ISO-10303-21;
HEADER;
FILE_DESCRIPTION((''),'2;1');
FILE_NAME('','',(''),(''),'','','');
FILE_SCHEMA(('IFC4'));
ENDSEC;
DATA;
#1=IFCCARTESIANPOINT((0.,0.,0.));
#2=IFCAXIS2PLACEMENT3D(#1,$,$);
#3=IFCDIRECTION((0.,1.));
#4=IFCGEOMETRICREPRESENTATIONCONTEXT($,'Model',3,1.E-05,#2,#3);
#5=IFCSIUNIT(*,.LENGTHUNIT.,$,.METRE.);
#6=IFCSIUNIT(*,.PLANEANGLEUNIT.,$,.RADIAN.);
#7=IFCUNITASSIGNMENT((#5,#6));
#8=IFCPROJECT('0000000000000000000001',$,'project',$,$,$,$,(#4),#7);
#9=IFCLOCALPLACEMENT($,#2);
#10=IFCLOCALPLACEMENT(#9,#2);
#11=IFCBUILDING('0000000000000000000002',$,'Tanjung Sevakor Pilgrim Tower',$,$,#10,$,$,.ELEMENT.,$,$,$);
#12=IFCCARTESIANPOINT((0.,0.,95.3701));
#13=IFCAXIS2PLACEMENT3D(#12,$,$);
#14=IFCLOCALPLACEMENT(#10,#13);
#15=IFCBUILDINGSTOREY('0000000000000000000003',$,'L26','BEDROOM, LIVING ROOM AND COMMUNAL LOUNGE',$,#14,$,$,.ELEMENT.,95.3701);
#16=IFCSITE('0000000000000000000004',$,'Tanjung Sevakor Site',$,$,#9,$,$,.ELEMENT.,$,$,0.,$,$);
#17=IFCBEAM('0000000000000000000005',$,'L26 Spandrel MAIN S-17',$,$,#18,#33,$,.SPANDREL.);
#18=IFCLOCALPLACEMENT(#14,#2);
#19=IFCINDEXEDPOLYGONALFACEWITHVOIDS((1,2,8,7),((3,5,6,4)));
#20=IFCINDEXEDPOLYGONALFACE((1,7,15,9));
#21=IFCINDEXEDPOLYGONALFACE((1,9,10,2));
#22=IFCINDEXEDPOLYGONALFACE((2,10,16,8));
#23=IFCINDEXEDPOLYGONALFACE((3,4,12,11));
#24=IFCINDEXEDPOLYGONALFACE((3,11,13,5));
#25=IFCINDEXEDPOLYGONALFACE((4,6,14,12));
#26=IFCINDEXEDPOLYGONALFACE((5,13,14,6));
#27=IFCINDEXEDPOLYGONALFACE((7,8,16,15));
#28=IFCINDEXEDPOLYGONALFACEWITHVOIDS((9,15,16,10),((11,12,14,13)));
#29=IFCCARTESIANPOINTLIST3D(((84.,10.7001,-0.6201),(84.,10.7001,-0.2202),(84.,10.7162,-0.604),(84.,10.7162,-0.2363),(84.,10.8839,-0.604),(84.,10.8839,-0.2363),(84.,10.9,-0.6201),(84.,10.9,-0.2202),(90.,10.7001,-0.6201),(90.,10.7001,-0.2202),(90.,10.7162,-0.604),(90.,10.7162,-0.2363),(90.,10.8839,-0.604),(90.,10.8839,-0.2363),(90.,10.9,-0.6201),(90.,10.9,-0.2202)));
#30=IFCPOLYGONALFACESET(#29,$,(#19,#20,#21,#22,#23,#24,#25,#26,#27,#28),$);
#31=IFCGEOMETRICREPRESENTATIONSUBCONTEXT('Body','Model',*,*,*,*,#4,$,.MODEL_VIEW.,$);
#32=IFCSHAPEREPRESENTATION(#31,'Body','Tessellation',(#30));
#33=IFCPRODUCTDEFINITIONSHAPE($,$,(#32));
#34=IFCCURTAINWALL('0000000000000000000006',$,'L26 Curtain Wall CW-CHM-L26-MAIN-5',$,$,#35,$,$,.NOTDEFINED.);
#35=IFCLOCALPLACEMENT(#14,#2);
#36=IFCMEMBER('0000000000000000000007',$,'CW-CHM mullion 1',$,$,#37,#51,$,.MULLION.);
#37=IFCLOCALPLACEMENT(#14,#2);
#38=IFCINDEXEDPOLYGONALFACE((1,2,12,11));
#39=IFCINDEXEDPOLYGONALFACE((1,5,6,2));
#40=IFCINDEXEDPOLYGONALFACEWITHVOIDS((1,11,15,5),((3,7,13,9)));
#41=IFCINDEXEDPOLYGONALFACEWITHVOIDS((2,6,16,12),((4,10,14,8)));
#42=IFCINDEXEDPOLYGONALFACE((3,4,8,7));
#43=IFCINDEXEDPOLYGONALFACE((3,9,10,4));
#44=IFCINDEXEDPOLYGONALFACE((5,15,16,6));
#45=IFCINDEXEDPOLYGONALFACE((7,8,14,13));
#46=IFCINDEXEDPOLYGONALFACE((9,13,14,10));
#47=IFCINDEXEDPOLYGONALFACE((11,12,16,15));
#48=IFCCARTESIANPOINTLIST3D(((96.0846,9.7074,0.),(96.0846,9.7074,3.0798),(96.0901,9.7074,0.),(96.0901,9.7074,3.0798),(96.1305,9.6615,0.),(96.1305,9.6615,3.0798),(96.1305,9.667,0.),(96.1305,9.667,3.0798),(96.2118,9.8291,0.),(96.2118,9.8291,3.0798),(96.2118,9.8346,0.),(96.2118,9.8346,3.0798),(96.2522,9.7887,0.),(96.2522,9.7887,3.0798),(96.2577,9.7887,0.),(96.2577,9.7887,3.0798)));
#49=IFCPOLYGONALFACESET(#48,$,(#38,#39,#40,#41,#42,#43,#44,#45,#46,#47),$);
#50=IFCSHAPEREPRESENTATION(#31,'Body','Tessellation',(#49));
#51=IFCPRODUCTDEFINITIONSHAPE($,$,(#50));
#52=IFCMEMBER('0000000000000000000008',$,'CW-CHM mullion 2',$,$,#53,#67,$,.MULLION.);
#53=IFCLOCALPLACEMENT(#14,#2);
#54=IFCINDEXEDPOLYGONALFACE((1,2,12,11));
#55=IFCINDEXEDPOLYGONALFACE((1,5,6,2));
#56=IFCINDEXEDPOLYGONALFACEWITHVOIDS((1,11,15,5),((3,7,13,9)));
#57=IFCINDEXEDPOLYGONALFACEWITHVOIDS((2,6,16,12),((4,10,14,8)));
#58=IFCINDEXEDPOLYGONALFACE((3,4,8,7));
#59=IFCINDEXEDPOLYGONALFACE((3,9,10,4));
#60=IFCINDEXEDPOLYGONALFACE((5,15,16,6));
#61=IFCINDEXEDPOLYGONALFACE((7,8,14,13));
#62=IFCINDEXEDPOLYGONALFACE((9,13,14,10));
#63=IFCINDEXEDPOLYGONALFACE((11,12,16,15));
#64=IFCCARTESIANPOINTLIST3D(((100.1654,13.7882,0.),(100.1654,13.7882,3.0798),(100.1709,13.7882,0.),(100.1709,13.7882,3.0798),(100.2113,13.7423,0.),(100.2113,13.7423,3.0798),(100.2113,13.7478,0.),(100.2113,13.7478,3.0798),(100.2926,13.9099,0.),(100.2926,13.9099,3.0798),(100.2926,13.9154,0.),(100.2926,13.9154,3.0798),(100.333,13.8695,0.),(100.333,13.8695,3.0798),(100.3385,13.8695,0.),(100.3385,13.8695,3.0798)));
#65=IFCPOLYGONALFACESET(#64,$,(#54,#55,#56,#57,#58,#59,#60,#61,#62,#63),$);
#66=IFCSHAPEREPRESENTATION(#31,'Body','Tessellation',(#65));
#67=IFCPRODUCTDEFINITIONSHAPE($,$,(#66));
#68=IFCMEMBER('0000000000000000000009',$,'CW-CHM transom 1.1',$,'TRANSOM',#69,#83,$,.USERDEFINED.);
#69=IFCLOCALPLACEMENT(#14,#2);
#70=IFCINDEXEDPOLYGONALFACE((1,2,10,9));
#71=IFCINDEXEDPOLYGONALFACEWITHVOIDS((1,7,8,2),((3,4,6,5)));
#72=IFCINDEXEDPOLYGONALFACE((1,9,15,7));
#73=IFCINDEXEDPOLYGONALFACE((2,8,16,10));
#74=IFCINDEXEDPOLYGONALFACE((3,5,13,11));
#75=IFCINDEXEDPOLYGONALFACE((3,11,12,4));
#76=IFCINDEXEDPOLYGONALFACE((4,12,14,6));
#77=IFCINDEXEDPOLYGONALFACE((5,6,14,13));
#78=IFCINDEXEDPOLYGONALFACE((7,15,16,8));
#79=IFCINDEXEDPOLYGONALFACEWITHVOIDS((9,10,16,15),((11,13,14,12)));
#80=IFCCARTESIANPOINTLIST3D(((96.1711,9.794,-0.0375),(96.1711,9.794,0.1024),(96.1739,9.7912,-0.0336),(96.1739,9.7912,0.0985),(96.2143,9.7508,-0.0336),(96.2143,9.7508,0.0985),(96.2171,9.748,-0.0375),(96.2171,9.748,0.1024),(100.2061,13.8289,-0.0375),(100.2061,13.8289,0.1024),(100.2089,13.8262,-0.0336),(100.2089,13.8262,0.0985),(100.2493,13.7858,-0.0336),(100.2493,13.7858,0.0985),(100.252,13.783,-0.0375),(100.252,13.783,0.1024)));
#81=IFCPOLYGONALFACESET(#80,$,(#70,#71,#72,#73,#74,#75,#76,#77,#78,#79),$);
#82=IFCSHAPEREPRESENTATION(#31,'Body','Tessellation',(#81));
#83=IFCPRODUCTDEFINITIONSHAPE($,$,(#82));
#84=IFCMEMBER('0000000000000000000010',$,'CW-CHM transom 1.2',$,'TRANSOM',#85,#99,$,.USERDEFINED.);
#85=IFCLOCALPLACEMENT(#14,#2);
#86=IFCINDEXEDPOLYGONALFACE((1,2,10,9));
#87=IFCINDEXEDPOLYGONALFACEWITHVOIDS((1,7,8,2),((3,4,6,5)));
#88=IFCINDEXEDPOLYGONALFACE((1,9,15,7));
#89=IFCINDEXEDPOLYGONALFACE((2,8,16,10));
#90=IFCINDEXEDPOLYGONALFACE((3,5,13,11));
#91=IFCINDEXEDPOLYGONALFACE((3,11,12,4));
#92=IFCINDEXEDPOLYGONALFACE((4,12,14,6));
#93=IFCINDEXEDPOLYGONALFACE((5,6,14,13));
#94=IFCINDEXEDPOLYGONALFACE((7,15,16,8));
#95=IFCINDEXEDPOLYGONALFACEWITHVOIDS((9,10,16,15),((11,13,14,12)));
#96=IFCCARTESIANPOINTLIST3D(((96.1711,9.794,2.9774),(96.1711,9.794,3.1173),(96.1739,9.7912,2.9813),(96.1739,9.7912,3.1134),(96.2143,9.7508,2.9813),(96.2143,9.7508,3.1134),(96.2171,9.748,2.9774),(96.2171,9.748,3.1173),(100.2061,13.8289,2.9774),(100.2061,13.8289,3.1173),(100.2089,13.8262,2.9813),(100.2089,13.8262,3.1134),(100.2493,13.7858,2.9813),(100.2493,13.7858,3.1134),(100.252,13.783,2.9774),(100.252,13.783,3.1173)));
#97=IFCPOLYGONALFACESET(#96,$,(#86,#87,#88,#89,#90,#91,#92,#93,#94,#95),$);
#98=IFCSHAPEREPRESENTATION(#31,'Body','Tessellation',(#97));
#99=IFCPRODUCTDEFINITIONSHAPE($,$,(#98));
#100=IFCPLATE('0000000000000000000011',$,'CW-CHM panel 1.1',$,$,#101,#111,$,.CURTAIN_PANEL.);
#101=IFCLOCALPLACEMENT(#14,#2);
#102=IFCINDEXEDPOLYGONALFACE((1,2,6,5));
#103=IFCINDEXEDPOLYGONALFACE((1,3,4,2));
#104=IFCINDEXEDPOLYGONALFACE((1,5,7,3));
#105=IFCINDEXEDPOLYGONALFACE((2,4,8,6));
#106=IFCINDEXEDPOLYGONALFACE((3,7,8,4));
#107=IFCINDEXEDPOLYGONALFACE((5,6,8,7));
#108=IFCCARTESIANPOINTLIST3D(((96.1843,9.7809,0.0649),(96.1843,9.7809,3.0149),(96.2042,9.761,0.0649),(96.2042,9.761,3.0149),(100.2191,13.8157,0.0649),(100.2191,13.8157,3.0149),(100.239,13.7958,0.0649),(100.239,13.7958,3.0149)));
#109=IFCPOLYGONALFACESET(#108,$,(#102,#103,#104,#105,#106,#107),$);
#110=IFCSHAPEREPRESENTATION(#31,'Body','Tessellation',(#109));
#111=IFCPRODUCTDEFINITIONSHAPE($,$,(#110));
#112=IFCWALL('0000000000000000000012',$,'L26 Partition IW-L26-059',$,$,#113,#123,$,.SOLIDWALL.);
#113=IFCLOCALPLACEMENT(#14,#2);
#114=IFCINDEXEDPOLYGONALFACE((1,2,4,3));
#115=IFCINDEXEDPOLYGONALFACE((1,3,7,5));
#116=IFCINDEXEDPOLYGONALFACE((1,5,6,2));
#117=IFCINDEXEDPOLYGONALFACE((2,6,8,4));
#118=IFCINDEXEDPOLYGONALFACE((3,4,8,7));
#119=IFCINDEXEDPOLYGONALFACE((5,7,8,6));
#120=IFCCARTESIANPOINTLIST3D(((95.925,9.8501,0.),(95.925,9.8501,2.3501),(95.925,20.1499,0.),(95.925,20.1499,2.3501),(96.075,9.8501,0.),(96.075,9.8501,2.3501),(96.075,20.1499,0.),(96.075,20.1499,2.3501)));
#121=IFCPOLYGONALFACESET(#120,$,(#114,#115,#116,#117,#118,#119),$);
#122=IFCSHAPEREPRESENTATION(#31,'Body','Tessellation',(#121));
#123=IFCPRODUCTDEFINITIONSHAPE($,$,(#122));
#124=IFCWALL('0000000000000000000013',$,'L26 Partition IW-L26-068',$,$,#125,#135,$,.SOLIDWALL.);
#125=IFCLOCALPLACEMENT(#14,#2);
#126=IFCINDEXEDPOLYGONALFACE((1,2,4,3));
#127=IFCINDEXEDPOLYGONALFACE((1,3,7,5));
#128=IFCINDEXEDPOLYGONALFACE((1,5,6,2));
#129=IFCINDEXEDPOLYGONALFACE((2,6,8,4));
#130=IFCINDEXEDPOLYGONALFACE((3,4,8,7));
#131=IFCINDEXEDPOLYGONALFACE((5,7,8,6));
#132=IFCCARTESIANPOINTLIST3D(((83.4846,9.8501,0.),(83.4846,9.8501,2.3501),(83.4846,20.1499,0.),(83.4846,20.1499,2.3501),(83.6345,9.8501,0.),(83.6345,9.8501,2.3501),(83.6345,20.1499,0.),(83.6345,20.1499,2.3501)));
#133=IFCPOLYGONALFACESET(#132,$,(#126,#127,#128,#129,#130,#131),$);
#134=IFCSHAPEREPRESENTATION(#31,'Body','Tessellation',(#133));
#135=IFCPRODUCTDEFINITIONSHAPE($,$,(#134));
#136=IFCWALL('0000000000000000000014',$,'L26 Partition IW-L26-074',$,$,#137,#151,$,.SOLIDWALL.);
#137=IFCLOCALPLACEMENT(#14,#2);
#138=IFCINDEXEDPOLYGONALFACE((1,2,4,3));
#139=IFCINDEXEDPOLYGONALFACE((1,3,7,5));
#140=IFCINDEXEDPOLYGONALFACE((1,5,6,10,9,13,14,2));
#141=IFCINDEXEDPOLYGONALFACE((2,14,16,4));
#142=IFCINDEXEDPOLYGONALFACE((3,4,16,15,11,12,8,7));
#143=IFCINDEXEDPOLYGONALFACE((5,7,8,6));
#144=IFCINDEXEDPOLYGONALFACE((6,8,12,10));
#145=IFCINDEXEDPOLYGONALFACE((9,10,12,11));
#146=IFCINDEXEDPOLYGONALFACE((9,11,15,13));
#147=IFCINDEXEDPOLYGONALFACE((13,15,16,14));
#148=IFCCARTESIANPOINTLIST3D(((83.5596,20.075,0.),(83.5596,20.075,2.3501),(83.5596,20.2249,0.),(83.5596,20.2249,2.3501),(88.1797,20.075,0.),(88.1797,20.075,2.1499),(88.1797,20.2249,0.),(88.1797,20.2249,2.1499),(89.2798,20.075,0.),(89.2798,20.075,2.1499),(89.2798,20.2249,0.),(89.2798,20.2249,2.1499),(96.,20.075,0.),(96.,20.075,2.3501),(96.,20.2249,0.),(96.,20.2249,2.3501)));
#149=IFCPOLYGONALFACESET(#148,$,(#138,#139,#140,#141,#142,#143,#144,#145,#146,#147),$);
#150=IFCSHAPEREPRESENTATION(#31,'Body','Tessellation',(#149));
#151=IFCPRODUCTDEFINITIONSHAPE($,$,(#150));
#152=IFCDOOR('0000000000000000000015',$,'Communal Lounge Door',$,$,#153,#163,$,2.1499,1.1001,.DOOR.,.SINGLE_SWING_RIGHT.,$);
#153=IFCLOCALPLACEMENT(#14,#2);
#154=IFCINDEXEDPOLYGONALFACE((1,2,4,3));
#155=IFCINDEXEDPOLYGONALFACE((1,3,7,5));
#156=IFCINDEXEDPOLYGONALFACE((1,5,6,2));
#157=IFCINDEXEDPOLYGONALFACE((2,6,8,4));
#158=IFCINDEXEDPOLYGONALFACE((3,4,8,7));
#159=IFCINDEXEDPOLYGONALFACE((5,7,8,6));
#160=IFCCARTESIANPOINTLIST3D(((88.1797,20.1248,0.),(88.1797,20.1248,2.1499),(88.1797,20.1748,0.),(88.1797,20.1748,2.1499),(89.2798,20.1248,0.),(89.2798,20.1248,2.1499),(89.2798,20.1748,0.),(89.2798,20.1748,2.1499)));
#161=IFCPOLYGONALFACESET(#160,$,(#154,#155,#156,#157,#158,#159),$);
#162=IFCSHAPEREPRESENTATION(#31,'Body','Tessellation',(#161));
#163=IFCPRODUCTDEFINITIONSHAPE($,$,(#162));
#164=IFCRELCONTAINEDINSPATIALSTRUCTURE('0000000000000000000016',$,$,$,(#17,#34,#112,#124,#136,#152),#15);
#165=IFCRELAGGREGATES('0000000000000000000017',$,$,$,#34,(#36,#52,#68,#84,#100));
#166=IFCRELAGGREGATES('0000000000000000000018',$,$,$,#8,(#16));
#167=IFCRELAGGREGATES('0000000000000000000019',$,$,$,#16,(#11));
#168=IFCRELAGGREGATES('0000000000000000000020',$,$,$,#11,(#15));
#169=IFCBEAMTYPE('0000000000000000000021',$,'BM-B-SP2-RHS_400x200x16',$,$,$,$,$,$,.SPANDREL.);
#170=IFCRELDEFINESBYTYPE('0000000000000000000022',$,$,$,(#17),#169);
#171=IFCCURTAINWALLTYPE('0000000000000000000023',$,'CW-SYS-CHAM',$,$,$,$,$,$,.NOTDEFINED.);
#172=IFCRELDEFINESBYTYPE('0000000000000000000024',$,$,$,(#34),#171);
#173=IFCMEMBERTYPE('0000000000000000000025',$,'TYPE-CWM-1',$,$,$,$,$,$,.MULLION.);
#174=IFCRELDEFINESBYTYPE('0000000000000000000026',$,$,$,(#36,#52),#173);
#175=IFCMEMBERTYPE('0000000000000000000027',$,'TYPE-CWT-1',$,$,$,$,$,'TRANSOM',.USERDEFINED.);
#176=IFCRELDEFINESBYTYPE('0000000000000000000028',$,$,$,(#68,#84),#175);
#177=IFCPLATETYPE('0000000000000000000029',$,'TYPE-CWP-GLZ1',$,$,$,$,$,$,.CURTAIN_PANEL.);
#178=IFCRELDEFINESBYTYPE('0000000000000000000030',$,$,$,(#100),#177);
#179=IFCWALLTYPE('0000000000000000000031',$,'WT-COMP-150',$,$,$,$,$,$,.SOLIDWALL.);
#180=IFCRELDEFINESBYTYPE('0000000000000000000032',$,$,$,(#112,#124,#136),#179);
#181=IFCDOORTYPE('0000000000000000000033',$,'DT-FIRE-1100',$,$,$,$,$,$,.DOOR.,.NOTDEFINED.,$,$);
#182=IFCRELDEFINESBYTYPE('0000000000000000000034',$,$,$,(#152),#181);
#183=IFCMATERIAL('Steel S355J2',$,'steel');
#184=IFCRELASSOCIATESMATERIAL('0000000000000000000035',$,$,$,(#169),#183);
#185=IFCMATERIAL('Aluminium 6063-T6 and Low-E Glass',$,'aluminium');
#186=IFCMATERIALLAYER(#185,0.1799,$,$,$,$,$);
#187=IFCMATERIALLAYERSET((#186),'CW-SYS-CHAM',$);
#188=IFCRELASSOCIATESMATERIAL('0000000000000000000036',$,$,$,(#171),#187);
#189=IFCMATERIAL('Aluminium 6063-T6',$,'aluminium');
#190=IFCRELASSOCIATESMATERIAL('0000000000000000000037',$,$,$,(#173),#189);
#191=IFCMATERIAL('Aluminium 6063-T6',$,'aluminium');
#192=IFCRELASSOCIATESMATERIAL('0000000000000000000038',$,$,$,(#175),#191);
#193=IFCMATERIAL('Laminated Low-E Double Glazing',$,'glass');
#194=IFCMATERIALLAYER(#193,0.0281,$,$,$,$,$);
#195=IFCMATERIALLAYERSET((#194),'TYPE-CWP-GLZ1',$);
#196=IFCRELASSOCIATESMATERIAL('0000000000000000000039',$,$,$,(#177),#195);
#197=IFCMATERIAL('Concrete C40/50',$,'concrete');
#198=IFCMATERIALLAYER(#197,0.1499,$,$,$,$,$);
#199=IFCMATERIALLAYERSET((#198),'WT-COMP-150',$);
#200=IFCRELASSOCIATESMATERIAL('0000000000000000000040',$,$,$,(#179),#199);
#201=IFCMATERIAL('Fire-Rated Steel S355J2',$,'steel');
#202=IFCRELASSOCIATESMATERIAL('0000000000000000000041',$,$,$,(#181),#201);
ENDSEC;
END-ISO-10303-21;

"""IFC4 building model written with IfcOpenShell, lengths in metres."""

from ifc_helpers import new_model, si_unit, direction, frame, frame_2d, origin, origin_2d, place, context, subcontext, project, spatial, rectangle, hollow_rectangle, extrude, material, layer, layer_set, material_profile, profile_set, type_object, element, fill, aggregate, save


model = new_model("IFC4")

# Units and contexts
model_context = context("Model", 3, precision=1e-05, world=origin(), true_north=direction((0.0, 1.0)))
body_context = subcontext(model_context, "Body", "Model", "MODEL_VIEW")
ifc_project = project(units=[si_unit("LENGTHUNIT", "METRE"), si_unit("PLANEANGLEUNIT", "RADIAN")], contexts=[model_context])

# Site, building, storey
site_placement = place(None, origin())
site = spatial("IfcSite", under=ifc_project, at=site_placement, Name="Tanjung Sevakor Site", CompositionType="ELEMENT", RefElevation=0.0)
building_placement = place(site_placement, origin())
building = spatial("IfcBuilding", under=site, at=building_placement, Name="Tanjung Sevakor Pilgrim Tower", CompositionType="ELEMENT")
storey_placement = place(building_placement, frame((0.0, 0.0, 95.3701)))
storey = spatial("IfcBuildingStorey", under=building, at=storey_placement, Name="L26", Description="BEDROOM, LIVING ROOM AND COMMUNAL LOUNGE", CompositionType="ELEMENT", Elevation=95.3701)

# Beam
ifc_material_1 = material(Name="Steel S355J2", Category="steel")
ifc_material_profile_1 = material_profile(ifc_material_1, hollow_rectangle(XDim=0.2, YDim=0.3999, WallThickness=0.0161, at=origin_2d()))
ifc_profile_set_1 = profile_set([ifc_material_profile_1], Name="Steel S355J2")
beam_type_1 = type_object("IfcBeamType", Name="BM-B-SP2-RHS_400x200x16", PredefinedType="SPANDREL", material=ifc_profile_set_1)
beam_1_placement = place(storey_placement, frame((84.0, 10.8, -0.4202), z_axis=(1.0, 0.0, 0.0), x_axis=(0.0, 1.0, 0.0)))
element("IfcBeam", 1, at=beam_1_placement, inside=storey, type_object=beam_type_1, Name="L26 Spandrel MAIN S-17", PredefinedType="SPANDREL", context=body_context, shape_type="SweptSolid", body=[
    extrude(hollow_rectangle(XDim=0.2, YDim=0.3999, WallThickness=0.0161, at=origin_2d()), origin(), (0.0, 0.0, 1.0), 6.0),
])

# Curtain wall, members, plate
ifc_material_2 = material(Name="Aluminium 6063-T6 and Low-E Glass", Category="aluminium")
ifc_layer_1 = layer(ifc_material_2, 0.1799)
ifc_layer_set_1 = layer_set([ifc_layer_1], Name="CW-SYS-CHAM")
curtain_wall_type = type_object("IfcCurtainWallType", Name="CW-SYS-CHAM", PredefinedType="NOTDEFINED", material=ifc_layer_set_1)
curtain_wall_placement = place(storey_placement, origin())
curtain_wall = element("IfcCurtainWall", 2, at=curtain_wall_placement, inside=storey, type_object=curtain_wall_type, Name="L26 Curtain Wall CW-CHM-L26-MAIN-5", PredefinedType="NOTDEFINED")
ifc_material_3 = material(Name="Aluminium 6063-T6", Category="aluminium")
ifc_material_profile_2 = material_profile(ifc_material_3, hollow_rectangle(XDim=0.0649, YDim=0.1799, WallThickness=0.0039, at=origin_2d()))
ifc_profile_set_2 = profile_set([ifc_material_profile_2], Name="Aluminium 6063-T6")
member_type_1 = type_object("IfcMemberType", Name="TYPE-CWM-1", PredefinedType="MULLION", material=ifc_profile_set_2)
member_1_placement = place(storey_placement, frame((96.1711, 9.748, 0.0), z_axis=(0.0, 0.0, 1.0), x_axis=(-0.707107, 0.707107, 0.0)))
member_1 = element("IfcMember", 3, at=member_1_placement, type_object=member_type_1, Name="CW-CHM mullion 1", PredefinedType="MULLION", context=body_context, shape_type="SweptSolid", body=[
    extrude(hollow_rectangle(XDim=0.0649, YDim=0.1799, WallThickness=0.0039, at=origin_2d()), origin(), (0.0, 0.0, 1.0), 3.0798),
])
member_2_placement = place(storey_placement, frame((100.252, 13.8289, 0.0), z_axis=(0.0, 0.0, 1.0), x_axis=(-0.707107, 0.707107, 0.0)))
member_2 = element("IfcMember", 4, at=member_2_placement, type_object=member_type_1, Name="CW-CHM mullion 2", PredefinedType="MULLION", context=body_context, shape_type="SweptSolid", body=[
    extrude(hollow_rectangle(XDim=0.0649, YDim=0.1799, WallThickness=0.0039, at=origin_2d()), origin(), (0.0, 0.0, 1.0), 3.0798),
])
ifc_material_4 = material(Name="Aluminium 6063-T6", Category="aluminium")
ifc_material_profile_3 = material_profile(ifc_material_4, hollow_rectangle(XDim=0.0649, YDim=0.1399, WallThickness=0.0039, at=origin_2d()))
ifc_profile_set_3 = profile_set([ifc_material_profile_3], Name="Aluminium 6063-T6")
member_type_2 = type_object("IfcMemberType", Name="TYPE-CWT-1", ElementType="TRANSOM", PredefinedType="USERDEFINED", material=ifc_profile_set_3)
member_3_placement = place(storey_placement, frame((96.1941, 9.771, 0.0325), z_axis=(0.707107, 0.707107, 0.0), x_axis=(-0.707107, 0.707107, 0.0)))
member_3 = element("IfcMember", 5, at=member_3_placement, type_object=member_type_2, Name="CW-CHM transom 1.1", ObjectType="TRANSOM", PredefinedType="USERDEFINED", context=body_context, shape_type="SweptSolid", body=[
    extrude(hollow_rectangle(XDim=0.0649, YDim=0.1399, WallThickness=0.0039, at=origin_2d()), origin(), (0.0, 0.0, 1.0), 5.7063),
])
member_4_placement = place(storey_placement, frame((96.1941, 9.771, 3.0474), z_axis=(0.707107, 0.707107, 0.0), x_axis=(-0.707107, 0.707107, 0.0)))
member_4 = element("IfcMember", 6, at=member_4_placement, type_object=member_type_2, Name="CW-CHM transom 1.2", ObjectType="TRANSOM", PredefinedType="USERDEFINED", context=body_context, shape_type="SweptSolid", body=[
    extrude(hollow_rectangle(XDim=0.0649, YDim=0.1399, WallThickness=0.0039, at=origin_2d()), origin(), (0.0, 0.0, 1.0), 5.7063),
])
ifc_material_5 = material(Name="Laminated Low-E Double Glazing", Category="glass")
ifc_layer_2 = layer(ifc_material_5, 0.0281)
ifc_layer_set_2 = layer_set([ifc_layer_2], Name="TYPE-CWP-GLZ1")
plate_type = type_object("IfcPlateType", Name="TYPE-CWP-GLZ1", PredefinedType="CURTAIN_PANEL", material=ifc_layer_set_2)
plate_placement = place(storey_placement, frame((98.2117, 11.7883, 0.0649), z_axis=(0.0, 0.0, 1.0), x_axis=(0.707107, 0.707107, 0.0)))
plate = element("IfcPlate", 7, at=plate_placement, type_object=plate_type, Name="CW-CHM panel 1.1", PredefinedType="CURTAIN_PANEL", context=body_context, shape_type="SweptSolid", body=[
    extrude(rectangle(XDim=5.7061, YDim=0.0281, at=origin_2d()), origin(), (0.0, 0.0, 1.0), 2.95),
])
aggregate(curtain_wall, [member_1, member_2, member_3, member_4, plate])

# Walls
ifc_material_6 = material(Name="Concrete C40/50", Category="concrete")
ifc_layer_3 = layer(ifc_material_6, 0.1499)
ifc_layer_set_3 = layer_set([ifc_layer_3], Name="WT-COMP-150")
wall_type_1 = type_object("IfcWallType", Name="WT-COMP-150", PredefinedType="SOLIDWALL", material=ifc_layer_set_3)
for number, where, z_axis, x_axis, name in (
    (8, (96.0, 9.8501, 0.0), (0.0, 0.0, 1.0), (0.0, 1.0, 0.0), "L26 Partition IW-L26-059"),
    (9, (83.5596, 9.8501, 0.0), (0.0, 0.0, 1.0), (0.0, 1.0, 0.0), "L26 Partition IW-L26-068"),
):
    element("IfcWall", number, at=place(storey_placement, frame(where, z_axis=z_axis, x_axis=x_axis)), inside=storey, type_object=wall_type_1, Name=name, PredefinedType="SOLIDWALL", context=body_context, shape_type="SweptSolid", body=[
        extrude(rectangle(XDim=10.2998, YDim=0.1499, at=frame_2d((5.1499, 0.0))), origin(), (0.0, 0.0, 1.0), 2.3501),
    ])

# Wall, opening, door
wall_1_placement = place(storey_placement, frame((83.5596, 20.1499, 0.0), z_axis=(0.0, 0.0, 1.0), x_axis=(1.0, 0.0, 0.0)))
wall_1 = element("IfcWall", 10, at=wall_1_placement, inside=storey, type_object=wall_type_1, Name="L26 Partition IW-L26-074", PredefinedType="SOLIDWALL", context=body_context, shape_type="SweptSolid", body=[
    extrude(rectangle(XDim=12.4404, YDim=0.1499, at=frame_2d((6.2202, 0.0))), origin(), (0.0, 0.0, 1.0), 2.3501),
])
opening_1_placement = place(wall_1_placement, frame((4.6201, 0.0, 0.0)))
opening_1 = element("IfcOpeningElement", 11, at=opening_1_placement, cuts=wall_1, PredefinedType="OPENING", context=body_context, shape_type="SweptSolid", body=[
    extrude(rectangle(XDim=1.1001, YDim=2.1499, at=frame_2d((0.55, 1.075))), frame((0.0, 0.085, 0.0), z_axis=(0.0, -1.0, 0.0), x_axis=(1.0, 0.0, 0.0)), (0.0, 0.0, 1.0), 0.1699),
])
ifc_material_7 = material(Name="Fire-Rated Steel S355J2", Category="steel")
door_type_1 = type_object("IfcDoorType", Name="DT-FIRE-1100", OperationType="NOTDEFINED", PredefinedType="DOOR", material=ifc_material_7)
door_1_placement = place(opening_1_placement, origin())
door_1 = element("IfcDoor", 12, at=door_1_placement, inside=storey, type_object=door_type_1, Name="Communal Lounge Door", OperationType="SINGLE_SWING_RIGHT", OverallHeight=2.1499, OverallWidth=1.1001, PredefinedType="DOOR", context=body_context, shape_type="SweptSolid", body=[
    extrude(rectangle(XDim=1.1001, YDim=2.1499, at=frame_2d((0.55, 1.075))), frame((0.0, 0.0249, 0.0), z_axis=(0.0, -1.0, 0.0), x_axis=(1.0, 0.0, 0.0)), (0.0, 0.0, 1.0), 0.05),
])
fill(opening_1, door_1)

save(model, "model.ifc")
